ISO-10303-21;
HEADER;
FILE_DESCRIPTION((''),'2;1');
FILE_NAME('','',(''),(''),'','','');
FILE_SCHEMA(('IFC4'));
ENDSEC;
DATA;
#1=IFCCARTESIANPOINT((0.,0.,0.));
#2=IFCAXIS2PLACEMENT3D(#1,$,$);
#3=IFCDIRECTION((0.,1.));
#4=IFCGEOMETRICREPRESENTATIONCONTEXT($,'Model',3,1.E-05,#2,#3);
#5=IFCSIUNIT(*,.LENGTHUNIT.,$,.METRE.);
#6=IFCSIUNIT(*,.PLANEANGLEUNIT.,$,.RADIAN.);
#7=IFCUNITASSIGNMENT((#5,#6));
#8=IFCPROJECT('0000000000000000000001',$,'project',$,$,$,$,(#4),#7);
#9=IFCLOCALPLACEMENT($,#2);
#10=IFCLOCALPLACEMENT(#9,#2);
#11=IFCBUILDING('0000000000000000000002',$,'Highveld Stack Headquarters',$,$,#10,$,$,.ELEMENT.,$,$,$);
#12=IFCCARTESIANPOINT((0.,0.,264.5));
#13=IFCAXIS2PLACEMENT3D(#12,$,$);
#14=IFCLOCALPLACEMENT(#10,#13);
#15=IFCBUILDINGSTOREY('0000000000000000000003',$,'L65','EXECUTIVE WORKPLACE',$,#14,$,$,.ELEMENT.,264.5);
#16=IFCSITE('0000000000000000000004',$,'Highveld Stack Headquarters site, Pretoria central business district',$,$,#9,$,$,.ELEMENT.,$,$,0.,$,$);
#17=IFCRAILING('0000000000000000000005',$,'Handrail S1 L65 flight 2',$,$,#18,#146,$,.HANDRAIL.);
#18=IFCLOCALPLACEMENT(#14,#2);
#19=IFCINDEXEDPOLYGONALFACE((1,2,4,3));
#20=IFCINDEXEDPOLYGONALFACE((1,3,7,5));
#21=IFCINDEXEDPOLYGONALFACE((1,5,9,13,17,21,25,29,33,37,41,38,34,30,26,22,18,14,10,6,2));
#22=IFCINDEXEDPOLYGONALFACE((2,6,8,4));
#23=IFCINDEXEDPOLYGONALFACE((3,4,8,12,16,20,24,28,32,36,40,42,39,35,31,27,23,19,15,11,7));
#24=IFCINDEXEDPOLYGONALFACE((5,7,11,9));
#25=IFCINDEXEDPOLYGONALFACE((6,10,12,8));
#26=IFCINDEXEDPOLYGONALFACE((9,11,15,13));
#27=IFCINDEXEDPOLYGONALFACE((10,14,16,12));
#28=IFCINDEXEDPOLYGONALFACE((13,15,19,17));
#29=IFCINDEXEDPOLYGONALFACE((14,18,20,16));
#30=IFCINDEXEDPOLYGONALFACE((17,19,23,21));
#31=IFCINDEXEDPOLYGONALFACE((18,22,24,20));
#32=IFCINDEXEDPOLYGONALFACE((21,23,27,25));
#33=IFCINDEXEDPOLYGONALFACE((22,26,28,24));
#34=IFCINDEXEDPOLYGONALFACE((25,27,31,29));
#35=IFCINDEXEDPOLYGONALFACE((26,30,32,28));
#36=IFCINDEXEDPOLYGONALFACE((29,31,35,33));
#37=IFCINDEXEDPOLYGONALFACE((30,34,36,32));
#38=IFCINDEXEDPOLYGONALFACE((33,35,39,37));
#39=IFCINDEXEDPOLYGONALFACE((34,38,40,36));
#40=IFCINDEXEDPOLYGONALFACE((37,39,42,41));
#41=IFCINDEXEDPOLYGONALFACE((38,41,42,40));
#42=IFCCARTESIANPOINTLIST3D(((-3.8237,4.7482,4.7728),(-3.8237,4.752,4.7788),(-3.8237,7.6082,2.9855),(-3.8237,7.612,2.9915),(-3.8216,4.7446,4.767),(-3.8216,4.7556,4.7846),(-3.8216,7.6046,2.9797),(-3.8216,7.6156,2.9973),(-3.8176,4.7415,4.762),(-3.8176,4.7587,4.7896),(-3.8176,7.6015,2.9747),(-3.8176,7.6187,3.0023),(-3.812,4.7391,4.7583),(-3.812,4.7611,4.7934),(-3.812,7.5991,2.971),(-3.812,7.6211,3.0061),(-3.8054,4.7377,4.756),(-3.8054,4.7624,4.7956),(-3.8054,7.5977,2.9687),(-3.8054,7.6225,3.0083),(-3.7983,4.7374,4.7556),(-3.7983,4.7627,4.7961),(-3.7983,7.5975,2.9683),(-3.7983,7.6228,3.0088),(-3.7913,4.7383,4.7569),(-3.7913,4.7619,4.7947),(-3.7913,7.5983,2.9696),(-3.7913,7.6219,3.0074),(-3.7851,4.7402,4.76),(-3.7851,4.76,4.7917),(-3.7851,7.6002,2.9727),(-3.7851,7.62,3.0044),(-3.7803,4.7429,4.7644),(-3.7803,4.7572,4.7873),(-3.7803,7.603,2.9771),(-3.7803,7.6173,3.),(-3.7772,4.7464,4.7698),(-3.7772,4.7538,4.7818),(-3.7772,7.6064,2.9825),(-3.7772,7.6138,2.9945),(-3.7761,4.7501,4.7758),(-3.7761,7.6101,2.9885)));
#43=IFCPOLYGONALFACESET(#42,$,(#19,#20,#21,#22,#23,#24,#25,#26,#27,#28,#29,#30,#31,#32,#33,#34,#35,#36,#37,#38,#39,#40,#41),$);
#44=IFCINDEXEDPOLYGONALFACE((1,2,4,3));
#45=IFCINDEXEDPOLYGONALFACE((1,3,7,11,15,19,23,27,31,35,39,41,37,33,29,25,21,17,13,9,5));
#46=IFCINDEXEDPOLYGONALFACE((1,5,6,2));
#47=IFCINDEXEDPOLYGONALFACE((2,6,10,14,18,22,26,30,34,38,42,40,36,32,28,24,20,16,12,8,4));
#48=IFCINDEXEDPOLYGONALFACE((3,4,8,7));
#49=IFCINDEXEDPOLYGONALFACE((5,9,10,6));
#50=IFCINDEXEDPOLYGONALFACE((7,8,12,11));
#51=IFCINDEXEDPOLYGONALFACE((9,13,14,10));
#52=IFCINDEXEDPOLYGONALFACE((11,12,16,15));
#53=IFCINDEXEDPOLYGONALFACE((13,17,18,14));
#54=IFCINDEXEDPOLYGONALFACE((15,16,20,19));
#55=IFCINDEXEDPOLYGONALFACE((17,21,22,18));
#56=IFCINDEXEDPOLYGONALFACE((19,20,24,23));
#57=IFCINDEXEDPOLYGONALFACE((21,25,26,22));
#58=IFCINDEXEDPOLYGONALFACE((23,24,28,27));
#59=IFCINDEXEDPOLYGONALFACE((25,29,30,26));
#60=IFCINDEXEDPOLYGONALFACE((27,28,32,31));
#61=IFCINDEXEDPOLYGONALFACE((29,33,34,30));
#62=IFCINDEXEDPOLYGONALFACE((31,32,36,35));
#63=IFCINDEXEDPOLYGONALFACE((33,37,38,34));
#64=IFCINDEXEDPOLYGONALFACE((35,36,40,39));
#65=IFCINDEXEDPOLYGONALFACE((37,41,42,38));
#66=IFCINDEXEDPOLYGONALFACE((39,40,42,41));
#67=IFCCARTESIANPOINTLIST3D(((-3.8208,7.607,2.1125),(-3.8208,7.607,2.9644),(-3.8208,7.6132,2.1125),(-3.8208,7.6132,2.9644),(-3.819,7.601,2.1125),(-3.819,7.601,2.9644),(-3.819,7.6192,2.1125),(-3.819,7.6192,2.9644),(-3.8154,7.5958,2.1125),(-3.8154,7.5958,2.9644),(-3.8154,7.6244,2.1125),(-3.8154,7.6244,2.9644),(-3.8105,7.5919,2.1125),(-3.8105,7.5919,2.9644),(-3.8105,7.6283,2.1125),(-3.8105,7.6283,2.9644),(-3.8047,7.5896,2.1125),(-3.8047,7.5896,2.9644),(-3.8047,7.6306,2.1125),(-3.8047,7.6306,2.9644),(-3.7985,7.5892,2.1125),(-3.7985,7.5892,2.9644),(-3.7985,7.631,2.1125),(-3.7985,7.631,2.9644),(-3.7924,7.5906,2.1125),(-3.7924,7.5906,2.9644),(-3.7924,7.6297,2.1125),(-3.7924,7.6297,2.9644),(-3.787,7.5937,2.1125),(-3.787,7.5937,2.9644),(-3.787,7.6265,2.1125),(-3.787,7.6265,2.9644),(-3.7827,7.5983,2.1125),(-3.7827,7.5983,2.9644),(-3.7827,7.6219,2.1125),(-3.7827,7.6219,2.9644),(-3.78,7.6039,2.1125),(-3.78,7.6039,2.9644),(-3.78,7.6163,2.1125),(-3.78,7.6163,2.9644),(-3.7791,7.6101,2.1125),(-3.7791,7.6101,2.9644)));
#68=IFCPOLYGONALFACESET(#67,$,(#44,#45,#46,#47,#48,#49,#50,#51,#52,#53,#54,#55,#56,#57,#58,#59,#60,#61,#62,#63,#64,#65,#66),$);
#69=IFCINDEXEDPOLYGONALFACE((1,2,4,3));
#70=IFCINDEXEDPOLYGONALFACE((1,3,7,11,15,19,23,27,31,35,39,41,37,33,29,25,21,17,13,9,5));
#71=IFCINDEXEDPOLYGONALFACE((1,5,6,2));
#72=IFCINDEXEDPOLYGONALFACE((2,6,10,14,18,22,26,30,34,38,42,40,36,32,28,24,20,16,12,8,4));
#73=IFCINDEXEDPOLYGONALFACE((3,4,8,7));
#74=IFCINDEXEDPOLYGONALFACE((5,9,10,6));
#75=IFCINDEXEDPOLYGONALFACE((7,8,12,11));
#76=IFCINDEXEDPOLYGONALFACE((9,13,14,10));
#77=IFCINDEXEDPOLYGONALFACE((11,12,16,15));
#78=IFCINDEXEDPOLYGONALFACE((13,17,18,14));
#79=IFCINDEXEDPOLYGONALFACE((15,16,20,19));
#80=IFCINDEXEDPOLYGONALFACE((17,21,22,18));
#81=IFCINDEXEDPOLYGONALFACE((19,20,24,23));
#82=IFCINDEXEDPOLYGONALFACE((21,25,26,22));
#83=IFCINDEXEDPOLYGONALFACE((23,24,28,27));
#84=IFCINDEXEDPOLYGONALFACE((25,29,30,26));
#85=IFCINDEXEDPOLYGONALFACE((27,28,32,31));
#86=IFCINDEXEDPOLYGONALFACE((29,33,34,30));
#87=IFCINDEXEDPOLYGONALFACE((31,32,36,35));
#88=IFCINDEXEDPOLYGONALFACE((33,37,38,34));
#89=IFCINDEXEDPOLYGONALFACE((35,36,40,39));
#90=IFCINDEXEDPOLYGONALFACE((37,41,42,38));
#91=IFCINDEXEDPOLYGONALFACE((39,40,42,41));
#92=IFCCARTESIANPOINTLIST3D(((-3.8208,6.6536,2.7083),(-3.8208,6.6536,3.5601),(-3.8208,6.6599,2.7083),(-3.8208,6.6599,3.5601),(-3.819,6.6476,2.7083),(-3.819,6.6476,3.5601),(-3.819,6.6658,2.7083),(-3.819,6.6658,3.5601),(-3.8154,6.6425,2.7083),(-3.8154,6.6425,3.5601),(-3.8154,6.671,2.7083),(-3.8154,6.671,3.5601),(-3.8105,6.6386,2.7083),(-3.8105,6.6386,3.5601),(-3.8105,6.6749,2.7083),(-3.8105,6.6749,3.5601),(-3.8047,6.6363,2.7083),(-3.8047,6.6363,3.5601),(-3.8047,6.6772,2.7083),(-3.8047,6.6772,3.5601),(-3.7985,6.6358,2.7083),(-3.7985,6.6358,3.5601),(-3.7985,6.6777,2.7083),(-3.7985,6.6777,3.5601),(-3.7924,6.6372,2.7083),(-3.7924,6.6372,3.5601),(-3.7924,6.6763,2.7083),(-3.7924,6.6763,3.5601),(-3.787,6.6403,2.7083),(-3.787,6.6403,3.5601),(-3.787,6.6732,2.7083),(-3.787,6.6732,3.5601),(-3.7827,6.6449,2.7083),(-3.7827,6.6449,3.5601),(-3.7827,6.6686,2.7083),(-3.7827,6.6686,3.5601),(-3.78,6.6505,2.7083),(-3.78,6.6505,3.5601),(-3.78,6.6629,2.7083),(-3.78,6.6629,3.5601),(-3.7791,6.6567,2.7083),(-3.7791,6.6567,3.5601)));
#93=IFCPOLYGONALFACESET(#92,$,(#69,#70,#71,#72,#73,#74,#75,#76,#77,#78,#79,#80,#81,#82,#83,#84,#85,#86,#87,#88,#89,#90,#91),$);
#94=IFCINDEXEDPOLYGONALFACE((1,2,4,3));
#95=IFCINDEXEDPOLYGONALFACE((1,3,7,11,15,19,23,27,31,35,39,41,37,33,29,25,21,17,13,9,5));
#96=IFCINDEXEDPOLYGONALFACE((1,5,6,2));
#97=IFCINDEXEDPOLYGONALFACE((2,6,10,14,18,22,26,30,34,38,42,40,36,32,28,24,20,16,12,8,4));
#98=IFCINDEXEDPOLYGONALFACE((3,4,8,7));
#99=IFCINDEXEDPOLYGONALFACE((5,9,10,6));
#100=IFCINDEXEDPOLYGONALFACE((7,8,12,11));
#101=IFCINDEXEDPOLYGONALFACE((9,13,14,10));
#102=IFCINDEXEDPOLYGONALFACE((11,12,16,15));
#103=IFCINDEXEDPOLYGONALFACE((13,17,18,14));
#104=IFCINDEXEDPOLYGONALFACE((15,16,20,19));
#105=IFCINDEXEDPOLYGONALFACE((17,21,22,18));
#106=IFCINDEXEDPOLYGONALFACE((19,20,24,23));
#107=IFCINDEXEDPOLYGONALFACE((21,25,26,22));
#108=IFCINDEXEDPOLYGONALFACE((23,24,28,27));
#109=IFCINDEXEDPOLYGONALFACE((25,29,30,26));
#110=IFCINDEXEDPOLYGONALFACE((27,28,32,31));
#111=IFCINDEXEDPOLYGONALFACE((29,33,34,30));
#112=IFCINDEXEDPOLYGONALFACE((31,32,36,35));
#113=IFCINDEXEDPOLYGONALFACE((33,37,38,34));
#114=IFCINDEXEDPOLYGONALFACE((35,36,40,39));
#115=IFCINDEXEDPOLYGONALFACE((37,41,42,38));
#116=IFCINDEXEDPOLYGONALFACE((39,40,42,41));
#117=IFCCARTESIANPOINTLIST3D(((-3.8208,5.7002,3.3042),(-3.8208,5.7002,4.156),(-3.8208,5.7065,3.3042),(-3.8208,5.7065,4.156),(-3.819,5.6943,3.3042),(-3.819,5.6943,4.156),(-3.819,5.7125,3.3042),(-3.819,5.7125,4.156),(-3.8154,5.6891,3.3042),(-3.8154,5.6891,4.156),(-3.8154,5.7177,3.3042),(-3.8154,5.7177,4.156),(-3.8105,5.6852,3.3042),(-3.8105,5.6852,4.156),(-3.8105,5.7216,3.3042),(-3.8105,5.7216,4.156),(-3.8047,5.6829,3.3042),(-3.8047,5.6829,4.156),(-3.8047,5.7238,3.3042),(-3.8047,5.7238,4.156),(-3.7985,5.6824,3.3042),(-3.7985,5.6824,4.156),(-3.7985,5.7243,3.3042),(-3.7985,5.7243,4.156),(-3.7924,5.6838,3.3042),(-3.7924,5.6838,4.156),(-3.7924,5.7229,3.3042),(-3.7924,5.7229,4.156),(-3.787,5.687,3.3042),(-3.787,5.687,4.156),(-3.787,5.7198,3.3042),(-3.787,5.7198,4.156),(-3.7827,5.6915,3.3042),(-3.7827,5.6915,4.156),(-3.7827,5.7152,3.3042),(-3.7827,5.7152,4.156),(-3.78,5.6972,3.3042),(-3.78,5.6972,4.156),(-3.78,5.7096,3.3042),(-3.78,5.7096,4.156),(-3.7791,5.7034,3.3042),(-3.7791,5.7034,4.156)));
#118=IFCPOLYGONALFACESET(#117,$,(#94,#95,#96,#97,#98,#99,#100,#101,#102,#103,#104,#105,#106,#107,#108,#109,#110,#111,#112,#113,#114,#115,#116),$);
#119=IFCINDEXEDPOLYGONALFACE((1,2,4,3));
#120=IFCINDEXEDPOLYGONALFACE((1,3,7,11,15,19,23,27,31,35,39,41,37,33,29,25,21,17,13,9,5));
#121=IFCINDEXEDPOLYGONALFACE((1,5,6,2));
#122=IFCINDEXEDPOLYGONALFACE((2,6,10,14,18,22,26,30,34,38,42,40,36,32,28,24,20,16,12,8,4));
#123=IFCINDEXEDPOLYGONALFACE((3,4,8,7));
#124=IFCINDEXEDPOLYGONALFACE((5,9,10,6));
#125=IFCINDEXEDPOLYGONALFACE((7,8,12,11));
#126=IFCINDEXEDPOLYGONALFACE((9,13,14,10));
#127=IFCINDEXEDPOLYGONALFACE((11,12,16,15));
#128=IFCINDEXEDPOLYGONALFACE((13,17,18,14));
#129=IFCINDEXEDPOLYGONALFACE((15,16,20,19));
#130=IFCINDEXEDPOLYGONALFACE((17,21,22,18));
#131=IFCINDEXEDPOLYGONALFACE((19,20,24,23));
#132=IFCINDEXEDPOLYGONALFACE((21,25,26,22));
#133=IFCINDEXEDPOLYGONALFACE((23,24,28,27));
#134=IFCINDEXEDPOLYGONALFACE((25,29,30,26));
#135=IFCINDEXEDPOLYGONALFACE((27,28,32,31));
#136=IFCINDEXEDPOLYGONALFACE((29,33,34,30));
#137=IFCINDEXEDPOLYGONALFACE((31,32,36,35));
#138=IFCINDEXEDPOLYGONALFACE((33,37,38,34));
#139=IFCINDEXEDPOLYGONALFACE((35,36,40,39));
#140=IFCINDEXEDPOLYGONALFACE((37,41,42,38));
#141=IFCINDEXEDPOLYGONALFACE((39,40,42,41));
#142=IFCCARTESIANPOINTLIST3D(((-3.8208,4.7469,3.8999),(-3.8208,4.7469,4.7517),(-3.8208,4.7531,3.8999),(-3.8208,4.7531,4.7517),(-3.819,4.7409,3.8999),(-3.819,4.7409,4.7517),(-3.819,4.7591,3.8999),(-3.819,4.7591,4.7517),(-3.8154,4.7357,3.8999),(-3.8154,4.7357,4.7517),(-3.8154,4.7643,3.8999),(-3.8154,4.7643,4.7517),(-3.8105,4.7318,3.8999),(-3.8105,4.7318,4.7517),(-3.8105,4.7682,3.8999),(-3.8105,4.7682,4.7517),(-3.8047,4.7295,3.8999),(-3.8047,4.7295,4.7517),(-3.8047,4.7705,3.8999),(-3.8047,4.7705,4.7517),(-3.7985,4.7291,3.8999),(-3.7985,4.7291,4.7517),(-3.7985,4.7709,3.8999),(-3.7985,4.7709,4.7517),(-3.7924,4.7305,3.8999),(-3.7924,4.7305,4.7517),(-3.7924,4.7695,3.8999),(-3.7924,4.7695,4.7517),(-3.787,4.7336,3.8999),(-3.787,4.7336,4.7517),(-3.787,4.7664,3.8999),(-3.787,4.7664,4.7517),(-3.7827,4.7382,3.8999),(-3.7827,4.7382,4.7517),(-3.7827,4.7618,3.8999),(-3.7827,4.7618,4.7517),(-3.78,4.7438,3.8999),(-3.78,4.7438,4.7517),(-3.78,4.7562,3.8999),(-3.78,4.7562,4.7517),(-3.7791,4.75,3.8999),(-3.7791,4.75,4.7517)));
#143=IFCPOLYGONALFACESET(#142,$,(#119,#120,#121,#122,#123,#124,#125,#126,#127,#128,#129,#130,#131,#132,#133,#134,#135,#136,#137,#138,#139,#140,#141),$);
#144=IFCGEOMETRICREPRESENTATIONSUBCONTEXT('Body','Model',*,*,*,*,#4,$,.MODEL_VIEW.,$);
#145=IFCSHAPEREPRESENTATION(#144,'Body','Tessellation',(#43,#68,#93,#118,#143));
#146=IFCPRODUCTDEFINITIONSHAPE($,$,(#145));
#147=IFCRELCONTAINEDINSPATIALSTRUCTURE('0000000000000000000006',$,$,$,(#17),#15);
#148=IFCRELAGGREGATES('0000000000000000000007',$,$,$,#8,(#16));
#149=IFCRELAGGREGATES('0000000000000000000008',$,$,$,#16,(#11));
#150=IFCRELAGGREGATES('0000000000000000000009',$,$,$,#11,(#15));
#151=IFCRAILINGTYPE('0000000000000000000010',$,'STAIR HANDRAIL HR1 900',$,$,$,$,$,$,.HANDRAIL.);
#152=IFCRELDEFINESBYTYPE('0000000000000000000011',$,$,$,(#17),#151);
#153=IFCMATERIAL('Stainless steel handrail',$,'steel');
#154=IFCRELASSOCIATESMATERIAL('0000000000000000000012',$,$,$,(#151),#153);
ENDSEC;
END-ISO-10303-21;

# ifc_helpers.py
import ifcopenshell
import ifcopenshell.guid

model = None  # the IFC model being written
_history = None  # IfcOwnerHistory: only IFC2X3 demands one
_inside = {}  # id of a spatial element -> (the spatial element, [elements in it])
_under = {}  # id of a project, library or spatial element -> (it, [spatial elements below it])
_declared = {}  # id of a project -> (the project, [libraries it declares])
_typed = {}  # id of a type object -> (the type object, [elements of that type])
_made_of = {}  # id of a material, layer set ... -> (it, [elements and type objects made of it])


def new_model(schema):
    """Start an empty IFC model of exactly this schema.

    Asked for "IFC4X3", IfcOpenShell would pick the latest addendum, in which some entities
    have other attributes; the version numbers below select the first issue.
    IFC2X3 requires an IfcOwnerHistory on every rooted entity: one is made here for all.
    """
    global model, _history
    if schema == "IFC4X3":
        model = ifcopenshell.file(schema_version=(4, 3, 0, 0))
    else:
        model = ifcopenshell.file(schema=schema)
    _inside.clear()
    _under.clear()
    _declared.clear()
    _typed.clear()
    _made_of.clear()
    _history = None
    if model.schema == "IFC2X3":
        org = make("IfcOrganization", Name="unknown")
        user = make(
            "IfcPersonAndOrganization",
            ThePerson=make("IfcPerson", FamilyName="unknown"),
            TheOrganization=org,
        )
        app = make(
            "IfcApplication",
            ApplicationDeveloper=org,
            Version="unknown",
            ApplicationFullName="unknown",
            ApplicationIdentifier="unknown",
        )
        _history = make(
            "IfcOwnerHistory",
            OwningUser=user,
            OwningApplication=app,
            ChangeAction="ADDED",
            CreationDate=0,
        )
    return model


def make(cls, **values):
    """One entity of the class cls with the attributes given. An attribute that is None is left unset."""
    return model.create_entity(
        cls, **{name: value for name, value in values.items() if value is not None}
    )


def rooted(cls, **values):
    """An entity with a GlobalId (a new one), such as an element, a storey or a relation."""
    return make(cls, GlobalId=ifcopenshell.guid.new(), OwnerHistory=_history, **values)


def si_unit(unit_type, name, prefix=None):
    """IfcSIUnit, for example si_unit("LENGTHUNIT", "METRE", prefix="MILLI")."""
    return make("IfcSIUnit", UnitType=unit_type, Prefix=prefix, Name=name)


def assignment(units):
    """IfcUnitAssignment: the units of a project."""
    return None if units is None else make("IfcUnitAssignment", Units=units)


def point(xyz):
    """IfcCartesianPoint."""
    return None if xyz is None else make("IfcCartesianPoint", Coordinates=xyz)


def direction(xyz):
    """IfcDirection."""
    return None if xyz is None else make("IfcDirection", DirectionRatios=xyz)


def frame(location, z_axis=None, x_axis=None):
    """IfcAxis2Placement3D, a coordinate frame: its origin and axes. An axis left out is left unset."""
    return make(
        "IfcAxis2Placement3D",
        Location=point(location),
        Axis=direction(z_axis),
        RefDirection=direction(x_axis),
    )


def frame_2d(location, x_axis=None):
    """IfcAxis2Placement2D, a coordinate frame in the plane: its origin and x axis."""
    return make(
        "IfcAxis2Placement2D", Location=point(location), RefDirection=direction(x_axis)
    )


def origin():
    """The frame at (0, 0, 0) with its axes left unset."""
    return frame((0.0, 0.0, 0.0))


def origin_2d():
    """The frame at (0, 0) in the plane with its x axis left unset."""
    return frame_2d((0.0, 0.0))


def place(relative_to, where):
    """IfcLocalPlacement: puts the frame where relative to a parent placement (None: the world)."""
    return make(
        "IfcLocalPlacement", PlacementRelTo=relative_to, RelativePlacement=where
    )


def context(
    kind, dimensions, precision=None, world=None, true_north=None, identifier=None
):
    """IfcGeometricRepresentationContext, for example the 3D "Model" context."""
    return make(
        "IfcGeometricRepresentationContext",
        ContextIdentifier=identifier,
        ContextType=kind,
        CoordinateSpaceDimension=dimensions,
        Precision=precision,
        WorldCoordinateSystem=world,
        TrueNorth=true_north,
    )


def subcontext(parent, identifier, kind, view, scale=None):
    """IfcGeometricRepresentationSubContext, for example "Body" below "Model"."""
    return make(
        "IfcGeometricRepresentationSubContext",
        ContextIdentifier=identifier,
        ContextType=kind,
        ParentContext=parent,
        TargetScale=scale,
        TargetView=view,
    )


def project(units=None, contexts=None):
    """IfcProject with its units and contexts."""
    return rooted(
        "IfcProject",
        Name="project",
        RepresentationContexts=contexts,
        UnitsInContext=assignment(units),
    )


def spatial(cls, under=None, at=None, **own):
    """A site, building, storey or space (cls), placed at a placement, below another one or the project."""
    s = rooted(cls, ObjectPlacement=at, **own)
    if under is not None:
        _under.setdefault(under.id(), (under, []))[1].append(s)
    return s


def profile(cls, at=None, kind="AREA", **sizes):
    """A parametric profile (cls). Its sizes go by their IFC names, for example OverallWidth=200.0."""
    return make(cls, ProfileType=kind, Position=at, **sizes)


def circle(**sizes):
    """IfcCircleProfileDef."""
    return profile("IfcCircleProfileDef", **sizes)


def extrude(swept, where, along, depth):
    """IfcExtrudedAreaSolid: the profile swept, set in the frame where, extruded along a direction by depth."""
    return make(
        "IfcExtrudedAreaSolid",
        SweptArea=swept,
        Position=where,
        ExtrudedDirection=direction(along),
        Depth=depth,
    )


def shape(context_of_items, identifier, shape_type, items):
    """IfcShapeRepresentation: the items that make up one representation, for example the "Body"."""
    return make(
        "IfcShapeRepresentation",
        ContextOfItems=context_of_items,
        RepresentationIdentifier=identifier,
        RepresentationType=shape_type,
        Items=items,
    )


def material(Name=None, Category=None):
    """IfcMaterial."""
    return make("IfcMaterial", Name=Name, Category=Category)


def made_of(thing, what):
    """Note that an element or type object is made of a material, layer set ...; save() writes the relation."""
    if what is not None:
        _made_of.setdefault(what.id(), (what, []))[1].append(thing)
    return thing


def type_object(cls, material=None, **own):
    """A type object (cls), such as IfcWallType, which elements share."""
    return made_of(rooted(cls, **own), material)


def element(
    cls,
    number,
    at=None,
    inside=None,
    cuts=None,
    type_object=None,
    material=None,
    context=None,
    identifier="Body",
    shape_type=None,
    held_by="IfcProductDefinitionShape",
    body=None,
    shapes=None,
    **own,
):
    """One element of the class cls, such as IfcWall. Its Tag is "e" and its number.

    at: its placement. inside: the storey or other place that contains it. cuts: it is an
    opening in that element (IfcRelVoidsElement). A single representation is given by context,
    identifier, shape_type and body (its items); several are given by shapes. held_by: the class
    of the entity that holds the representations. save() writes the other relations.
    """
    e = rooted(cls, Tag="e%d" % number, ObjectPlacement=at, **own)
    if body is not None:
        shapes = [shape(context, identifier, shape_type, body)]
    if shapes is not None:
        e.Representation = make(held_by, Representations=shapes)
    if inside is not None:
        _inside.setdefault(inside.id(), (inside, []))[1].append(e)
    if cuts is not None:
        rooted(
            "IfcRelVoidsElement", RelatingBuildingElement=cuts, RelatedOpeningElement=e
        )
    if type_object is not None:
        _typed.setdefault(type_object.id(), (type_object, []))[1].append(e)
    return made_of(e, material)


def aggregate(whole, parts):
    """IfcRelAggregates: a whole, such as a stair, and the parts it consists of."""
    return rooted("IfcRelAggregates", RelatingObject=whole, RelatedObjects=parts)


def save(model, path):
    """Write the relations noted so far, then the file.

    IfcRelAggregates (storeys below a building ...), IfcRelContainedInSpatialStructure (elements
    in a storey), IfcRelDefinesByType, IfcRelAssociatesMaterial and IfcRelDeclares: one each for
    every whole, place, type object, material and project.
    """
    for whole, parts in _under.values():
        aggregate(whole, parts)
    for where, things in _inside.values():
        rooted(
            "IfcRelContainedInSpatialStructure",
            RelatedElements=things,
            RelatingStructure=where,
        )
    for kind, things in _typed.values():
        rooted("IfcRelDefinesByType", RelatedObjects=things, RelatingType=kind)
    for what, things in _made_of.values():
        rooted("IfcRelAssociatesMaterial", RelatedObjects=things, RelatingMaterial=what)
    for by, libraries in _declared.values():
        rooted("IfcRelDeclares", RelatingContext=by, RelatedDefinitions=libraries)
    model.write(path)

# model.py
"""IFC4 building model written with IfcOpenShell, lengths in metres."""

from ifc_helpers import new_model, si_unit, direction, frame, origin, origin_2d, place, context, subcontext, project, spatial, circle, extrude, material, type_object, element, save


model = new_model("IFC4")

# Units and contexts
model_context = context("Model", 3, precision=1e-05, world=origin(), true_north=direction((0.0, 1.0)))
body_context = subcontext(model_context, "Body", "Model", "MODEL_VIEW")
ifc_project = project(units=[si_unit("LENGTHUNIT", "METRE"), si_unit("PLANEANGLEUNIT", "RADIAN")], contexts=[model_context])

# Site, building, storey
site_placement = place(None, origin())
site = spatial("IfcSite", under=ifc_project, at=site_placement, Name="Highveld Stack Headquarters site, Pretoria central business district", CompositionType="ELEMENT", RefElevation=0.0)
building_placement = place(site_placement, origin())
building = spatial("IfcBuilding", under=site, at=building_placement, Name="Highveld Stack Headquarters", CompositionType="ELEMENT")
storey_placement = place(building_placement, frame((0.0, 0.0, 264.5)))
storey = spatial("IfcBuildingStorey", under=building, at=storey_placement, Name="L65", Description="EXECUTIVE WORKPLACE", CompositionType="ELEMENT", Elevation=264.5)

# Railing
ifc_material_1 = material(Name="Stainless steel handrail", Category="steel")
railing_type = type_object("IfcRailingType", Name="STAIR HANDRAIL HR1 900", PredefinedType="HANDRAIL", material=ifc_material_1)
for number, where, name in (
    (1, (-3.8, 7.6101, 2.1125), "Handrail S1 L65 flight 2"),
):
    element("IfcRailing", number, at=place(storey_placement, frame(where)), inside=storey, type_object=railing_type, Name=name, PredefinedType="HANDRAIL", context=body_context, shape_type="SweptSolid", body=[
        extrude(circle(Radius=0.0239, at=origin_2d()), frame((0.0, 0.0, 0.876), z_axis=(0.0, -0.848027, 0.529953), x_axis=(1.0, 0.0, 0.0)), (0.0, 0.0, 1.0), 3.3726),
        extrude(circle(Radius=0.021, at=origin_2d()), origin(), (0.0, 0.0, 1.0), 0.8518),
        extrude(circle(Radius=0.021, at=origin_2d()), frame((0.0, -0.9534, 0.5957)), (0.0, 0.0, 1.0), 0.8518),
        extrude(circle(Radius=0.021, at=origin_2d()), frame((0.0, -1.9067, 1.1917)), (0.0, 0.0, 1.0), 0.8518),
        extrude(circle(Radius=0.021, at=origin_2d()), frame((0.0, -2.8601, 1.7874)), (0.0, 0.0, 1.0), 0.8518),
    ])

save(model, "model.ifc")
